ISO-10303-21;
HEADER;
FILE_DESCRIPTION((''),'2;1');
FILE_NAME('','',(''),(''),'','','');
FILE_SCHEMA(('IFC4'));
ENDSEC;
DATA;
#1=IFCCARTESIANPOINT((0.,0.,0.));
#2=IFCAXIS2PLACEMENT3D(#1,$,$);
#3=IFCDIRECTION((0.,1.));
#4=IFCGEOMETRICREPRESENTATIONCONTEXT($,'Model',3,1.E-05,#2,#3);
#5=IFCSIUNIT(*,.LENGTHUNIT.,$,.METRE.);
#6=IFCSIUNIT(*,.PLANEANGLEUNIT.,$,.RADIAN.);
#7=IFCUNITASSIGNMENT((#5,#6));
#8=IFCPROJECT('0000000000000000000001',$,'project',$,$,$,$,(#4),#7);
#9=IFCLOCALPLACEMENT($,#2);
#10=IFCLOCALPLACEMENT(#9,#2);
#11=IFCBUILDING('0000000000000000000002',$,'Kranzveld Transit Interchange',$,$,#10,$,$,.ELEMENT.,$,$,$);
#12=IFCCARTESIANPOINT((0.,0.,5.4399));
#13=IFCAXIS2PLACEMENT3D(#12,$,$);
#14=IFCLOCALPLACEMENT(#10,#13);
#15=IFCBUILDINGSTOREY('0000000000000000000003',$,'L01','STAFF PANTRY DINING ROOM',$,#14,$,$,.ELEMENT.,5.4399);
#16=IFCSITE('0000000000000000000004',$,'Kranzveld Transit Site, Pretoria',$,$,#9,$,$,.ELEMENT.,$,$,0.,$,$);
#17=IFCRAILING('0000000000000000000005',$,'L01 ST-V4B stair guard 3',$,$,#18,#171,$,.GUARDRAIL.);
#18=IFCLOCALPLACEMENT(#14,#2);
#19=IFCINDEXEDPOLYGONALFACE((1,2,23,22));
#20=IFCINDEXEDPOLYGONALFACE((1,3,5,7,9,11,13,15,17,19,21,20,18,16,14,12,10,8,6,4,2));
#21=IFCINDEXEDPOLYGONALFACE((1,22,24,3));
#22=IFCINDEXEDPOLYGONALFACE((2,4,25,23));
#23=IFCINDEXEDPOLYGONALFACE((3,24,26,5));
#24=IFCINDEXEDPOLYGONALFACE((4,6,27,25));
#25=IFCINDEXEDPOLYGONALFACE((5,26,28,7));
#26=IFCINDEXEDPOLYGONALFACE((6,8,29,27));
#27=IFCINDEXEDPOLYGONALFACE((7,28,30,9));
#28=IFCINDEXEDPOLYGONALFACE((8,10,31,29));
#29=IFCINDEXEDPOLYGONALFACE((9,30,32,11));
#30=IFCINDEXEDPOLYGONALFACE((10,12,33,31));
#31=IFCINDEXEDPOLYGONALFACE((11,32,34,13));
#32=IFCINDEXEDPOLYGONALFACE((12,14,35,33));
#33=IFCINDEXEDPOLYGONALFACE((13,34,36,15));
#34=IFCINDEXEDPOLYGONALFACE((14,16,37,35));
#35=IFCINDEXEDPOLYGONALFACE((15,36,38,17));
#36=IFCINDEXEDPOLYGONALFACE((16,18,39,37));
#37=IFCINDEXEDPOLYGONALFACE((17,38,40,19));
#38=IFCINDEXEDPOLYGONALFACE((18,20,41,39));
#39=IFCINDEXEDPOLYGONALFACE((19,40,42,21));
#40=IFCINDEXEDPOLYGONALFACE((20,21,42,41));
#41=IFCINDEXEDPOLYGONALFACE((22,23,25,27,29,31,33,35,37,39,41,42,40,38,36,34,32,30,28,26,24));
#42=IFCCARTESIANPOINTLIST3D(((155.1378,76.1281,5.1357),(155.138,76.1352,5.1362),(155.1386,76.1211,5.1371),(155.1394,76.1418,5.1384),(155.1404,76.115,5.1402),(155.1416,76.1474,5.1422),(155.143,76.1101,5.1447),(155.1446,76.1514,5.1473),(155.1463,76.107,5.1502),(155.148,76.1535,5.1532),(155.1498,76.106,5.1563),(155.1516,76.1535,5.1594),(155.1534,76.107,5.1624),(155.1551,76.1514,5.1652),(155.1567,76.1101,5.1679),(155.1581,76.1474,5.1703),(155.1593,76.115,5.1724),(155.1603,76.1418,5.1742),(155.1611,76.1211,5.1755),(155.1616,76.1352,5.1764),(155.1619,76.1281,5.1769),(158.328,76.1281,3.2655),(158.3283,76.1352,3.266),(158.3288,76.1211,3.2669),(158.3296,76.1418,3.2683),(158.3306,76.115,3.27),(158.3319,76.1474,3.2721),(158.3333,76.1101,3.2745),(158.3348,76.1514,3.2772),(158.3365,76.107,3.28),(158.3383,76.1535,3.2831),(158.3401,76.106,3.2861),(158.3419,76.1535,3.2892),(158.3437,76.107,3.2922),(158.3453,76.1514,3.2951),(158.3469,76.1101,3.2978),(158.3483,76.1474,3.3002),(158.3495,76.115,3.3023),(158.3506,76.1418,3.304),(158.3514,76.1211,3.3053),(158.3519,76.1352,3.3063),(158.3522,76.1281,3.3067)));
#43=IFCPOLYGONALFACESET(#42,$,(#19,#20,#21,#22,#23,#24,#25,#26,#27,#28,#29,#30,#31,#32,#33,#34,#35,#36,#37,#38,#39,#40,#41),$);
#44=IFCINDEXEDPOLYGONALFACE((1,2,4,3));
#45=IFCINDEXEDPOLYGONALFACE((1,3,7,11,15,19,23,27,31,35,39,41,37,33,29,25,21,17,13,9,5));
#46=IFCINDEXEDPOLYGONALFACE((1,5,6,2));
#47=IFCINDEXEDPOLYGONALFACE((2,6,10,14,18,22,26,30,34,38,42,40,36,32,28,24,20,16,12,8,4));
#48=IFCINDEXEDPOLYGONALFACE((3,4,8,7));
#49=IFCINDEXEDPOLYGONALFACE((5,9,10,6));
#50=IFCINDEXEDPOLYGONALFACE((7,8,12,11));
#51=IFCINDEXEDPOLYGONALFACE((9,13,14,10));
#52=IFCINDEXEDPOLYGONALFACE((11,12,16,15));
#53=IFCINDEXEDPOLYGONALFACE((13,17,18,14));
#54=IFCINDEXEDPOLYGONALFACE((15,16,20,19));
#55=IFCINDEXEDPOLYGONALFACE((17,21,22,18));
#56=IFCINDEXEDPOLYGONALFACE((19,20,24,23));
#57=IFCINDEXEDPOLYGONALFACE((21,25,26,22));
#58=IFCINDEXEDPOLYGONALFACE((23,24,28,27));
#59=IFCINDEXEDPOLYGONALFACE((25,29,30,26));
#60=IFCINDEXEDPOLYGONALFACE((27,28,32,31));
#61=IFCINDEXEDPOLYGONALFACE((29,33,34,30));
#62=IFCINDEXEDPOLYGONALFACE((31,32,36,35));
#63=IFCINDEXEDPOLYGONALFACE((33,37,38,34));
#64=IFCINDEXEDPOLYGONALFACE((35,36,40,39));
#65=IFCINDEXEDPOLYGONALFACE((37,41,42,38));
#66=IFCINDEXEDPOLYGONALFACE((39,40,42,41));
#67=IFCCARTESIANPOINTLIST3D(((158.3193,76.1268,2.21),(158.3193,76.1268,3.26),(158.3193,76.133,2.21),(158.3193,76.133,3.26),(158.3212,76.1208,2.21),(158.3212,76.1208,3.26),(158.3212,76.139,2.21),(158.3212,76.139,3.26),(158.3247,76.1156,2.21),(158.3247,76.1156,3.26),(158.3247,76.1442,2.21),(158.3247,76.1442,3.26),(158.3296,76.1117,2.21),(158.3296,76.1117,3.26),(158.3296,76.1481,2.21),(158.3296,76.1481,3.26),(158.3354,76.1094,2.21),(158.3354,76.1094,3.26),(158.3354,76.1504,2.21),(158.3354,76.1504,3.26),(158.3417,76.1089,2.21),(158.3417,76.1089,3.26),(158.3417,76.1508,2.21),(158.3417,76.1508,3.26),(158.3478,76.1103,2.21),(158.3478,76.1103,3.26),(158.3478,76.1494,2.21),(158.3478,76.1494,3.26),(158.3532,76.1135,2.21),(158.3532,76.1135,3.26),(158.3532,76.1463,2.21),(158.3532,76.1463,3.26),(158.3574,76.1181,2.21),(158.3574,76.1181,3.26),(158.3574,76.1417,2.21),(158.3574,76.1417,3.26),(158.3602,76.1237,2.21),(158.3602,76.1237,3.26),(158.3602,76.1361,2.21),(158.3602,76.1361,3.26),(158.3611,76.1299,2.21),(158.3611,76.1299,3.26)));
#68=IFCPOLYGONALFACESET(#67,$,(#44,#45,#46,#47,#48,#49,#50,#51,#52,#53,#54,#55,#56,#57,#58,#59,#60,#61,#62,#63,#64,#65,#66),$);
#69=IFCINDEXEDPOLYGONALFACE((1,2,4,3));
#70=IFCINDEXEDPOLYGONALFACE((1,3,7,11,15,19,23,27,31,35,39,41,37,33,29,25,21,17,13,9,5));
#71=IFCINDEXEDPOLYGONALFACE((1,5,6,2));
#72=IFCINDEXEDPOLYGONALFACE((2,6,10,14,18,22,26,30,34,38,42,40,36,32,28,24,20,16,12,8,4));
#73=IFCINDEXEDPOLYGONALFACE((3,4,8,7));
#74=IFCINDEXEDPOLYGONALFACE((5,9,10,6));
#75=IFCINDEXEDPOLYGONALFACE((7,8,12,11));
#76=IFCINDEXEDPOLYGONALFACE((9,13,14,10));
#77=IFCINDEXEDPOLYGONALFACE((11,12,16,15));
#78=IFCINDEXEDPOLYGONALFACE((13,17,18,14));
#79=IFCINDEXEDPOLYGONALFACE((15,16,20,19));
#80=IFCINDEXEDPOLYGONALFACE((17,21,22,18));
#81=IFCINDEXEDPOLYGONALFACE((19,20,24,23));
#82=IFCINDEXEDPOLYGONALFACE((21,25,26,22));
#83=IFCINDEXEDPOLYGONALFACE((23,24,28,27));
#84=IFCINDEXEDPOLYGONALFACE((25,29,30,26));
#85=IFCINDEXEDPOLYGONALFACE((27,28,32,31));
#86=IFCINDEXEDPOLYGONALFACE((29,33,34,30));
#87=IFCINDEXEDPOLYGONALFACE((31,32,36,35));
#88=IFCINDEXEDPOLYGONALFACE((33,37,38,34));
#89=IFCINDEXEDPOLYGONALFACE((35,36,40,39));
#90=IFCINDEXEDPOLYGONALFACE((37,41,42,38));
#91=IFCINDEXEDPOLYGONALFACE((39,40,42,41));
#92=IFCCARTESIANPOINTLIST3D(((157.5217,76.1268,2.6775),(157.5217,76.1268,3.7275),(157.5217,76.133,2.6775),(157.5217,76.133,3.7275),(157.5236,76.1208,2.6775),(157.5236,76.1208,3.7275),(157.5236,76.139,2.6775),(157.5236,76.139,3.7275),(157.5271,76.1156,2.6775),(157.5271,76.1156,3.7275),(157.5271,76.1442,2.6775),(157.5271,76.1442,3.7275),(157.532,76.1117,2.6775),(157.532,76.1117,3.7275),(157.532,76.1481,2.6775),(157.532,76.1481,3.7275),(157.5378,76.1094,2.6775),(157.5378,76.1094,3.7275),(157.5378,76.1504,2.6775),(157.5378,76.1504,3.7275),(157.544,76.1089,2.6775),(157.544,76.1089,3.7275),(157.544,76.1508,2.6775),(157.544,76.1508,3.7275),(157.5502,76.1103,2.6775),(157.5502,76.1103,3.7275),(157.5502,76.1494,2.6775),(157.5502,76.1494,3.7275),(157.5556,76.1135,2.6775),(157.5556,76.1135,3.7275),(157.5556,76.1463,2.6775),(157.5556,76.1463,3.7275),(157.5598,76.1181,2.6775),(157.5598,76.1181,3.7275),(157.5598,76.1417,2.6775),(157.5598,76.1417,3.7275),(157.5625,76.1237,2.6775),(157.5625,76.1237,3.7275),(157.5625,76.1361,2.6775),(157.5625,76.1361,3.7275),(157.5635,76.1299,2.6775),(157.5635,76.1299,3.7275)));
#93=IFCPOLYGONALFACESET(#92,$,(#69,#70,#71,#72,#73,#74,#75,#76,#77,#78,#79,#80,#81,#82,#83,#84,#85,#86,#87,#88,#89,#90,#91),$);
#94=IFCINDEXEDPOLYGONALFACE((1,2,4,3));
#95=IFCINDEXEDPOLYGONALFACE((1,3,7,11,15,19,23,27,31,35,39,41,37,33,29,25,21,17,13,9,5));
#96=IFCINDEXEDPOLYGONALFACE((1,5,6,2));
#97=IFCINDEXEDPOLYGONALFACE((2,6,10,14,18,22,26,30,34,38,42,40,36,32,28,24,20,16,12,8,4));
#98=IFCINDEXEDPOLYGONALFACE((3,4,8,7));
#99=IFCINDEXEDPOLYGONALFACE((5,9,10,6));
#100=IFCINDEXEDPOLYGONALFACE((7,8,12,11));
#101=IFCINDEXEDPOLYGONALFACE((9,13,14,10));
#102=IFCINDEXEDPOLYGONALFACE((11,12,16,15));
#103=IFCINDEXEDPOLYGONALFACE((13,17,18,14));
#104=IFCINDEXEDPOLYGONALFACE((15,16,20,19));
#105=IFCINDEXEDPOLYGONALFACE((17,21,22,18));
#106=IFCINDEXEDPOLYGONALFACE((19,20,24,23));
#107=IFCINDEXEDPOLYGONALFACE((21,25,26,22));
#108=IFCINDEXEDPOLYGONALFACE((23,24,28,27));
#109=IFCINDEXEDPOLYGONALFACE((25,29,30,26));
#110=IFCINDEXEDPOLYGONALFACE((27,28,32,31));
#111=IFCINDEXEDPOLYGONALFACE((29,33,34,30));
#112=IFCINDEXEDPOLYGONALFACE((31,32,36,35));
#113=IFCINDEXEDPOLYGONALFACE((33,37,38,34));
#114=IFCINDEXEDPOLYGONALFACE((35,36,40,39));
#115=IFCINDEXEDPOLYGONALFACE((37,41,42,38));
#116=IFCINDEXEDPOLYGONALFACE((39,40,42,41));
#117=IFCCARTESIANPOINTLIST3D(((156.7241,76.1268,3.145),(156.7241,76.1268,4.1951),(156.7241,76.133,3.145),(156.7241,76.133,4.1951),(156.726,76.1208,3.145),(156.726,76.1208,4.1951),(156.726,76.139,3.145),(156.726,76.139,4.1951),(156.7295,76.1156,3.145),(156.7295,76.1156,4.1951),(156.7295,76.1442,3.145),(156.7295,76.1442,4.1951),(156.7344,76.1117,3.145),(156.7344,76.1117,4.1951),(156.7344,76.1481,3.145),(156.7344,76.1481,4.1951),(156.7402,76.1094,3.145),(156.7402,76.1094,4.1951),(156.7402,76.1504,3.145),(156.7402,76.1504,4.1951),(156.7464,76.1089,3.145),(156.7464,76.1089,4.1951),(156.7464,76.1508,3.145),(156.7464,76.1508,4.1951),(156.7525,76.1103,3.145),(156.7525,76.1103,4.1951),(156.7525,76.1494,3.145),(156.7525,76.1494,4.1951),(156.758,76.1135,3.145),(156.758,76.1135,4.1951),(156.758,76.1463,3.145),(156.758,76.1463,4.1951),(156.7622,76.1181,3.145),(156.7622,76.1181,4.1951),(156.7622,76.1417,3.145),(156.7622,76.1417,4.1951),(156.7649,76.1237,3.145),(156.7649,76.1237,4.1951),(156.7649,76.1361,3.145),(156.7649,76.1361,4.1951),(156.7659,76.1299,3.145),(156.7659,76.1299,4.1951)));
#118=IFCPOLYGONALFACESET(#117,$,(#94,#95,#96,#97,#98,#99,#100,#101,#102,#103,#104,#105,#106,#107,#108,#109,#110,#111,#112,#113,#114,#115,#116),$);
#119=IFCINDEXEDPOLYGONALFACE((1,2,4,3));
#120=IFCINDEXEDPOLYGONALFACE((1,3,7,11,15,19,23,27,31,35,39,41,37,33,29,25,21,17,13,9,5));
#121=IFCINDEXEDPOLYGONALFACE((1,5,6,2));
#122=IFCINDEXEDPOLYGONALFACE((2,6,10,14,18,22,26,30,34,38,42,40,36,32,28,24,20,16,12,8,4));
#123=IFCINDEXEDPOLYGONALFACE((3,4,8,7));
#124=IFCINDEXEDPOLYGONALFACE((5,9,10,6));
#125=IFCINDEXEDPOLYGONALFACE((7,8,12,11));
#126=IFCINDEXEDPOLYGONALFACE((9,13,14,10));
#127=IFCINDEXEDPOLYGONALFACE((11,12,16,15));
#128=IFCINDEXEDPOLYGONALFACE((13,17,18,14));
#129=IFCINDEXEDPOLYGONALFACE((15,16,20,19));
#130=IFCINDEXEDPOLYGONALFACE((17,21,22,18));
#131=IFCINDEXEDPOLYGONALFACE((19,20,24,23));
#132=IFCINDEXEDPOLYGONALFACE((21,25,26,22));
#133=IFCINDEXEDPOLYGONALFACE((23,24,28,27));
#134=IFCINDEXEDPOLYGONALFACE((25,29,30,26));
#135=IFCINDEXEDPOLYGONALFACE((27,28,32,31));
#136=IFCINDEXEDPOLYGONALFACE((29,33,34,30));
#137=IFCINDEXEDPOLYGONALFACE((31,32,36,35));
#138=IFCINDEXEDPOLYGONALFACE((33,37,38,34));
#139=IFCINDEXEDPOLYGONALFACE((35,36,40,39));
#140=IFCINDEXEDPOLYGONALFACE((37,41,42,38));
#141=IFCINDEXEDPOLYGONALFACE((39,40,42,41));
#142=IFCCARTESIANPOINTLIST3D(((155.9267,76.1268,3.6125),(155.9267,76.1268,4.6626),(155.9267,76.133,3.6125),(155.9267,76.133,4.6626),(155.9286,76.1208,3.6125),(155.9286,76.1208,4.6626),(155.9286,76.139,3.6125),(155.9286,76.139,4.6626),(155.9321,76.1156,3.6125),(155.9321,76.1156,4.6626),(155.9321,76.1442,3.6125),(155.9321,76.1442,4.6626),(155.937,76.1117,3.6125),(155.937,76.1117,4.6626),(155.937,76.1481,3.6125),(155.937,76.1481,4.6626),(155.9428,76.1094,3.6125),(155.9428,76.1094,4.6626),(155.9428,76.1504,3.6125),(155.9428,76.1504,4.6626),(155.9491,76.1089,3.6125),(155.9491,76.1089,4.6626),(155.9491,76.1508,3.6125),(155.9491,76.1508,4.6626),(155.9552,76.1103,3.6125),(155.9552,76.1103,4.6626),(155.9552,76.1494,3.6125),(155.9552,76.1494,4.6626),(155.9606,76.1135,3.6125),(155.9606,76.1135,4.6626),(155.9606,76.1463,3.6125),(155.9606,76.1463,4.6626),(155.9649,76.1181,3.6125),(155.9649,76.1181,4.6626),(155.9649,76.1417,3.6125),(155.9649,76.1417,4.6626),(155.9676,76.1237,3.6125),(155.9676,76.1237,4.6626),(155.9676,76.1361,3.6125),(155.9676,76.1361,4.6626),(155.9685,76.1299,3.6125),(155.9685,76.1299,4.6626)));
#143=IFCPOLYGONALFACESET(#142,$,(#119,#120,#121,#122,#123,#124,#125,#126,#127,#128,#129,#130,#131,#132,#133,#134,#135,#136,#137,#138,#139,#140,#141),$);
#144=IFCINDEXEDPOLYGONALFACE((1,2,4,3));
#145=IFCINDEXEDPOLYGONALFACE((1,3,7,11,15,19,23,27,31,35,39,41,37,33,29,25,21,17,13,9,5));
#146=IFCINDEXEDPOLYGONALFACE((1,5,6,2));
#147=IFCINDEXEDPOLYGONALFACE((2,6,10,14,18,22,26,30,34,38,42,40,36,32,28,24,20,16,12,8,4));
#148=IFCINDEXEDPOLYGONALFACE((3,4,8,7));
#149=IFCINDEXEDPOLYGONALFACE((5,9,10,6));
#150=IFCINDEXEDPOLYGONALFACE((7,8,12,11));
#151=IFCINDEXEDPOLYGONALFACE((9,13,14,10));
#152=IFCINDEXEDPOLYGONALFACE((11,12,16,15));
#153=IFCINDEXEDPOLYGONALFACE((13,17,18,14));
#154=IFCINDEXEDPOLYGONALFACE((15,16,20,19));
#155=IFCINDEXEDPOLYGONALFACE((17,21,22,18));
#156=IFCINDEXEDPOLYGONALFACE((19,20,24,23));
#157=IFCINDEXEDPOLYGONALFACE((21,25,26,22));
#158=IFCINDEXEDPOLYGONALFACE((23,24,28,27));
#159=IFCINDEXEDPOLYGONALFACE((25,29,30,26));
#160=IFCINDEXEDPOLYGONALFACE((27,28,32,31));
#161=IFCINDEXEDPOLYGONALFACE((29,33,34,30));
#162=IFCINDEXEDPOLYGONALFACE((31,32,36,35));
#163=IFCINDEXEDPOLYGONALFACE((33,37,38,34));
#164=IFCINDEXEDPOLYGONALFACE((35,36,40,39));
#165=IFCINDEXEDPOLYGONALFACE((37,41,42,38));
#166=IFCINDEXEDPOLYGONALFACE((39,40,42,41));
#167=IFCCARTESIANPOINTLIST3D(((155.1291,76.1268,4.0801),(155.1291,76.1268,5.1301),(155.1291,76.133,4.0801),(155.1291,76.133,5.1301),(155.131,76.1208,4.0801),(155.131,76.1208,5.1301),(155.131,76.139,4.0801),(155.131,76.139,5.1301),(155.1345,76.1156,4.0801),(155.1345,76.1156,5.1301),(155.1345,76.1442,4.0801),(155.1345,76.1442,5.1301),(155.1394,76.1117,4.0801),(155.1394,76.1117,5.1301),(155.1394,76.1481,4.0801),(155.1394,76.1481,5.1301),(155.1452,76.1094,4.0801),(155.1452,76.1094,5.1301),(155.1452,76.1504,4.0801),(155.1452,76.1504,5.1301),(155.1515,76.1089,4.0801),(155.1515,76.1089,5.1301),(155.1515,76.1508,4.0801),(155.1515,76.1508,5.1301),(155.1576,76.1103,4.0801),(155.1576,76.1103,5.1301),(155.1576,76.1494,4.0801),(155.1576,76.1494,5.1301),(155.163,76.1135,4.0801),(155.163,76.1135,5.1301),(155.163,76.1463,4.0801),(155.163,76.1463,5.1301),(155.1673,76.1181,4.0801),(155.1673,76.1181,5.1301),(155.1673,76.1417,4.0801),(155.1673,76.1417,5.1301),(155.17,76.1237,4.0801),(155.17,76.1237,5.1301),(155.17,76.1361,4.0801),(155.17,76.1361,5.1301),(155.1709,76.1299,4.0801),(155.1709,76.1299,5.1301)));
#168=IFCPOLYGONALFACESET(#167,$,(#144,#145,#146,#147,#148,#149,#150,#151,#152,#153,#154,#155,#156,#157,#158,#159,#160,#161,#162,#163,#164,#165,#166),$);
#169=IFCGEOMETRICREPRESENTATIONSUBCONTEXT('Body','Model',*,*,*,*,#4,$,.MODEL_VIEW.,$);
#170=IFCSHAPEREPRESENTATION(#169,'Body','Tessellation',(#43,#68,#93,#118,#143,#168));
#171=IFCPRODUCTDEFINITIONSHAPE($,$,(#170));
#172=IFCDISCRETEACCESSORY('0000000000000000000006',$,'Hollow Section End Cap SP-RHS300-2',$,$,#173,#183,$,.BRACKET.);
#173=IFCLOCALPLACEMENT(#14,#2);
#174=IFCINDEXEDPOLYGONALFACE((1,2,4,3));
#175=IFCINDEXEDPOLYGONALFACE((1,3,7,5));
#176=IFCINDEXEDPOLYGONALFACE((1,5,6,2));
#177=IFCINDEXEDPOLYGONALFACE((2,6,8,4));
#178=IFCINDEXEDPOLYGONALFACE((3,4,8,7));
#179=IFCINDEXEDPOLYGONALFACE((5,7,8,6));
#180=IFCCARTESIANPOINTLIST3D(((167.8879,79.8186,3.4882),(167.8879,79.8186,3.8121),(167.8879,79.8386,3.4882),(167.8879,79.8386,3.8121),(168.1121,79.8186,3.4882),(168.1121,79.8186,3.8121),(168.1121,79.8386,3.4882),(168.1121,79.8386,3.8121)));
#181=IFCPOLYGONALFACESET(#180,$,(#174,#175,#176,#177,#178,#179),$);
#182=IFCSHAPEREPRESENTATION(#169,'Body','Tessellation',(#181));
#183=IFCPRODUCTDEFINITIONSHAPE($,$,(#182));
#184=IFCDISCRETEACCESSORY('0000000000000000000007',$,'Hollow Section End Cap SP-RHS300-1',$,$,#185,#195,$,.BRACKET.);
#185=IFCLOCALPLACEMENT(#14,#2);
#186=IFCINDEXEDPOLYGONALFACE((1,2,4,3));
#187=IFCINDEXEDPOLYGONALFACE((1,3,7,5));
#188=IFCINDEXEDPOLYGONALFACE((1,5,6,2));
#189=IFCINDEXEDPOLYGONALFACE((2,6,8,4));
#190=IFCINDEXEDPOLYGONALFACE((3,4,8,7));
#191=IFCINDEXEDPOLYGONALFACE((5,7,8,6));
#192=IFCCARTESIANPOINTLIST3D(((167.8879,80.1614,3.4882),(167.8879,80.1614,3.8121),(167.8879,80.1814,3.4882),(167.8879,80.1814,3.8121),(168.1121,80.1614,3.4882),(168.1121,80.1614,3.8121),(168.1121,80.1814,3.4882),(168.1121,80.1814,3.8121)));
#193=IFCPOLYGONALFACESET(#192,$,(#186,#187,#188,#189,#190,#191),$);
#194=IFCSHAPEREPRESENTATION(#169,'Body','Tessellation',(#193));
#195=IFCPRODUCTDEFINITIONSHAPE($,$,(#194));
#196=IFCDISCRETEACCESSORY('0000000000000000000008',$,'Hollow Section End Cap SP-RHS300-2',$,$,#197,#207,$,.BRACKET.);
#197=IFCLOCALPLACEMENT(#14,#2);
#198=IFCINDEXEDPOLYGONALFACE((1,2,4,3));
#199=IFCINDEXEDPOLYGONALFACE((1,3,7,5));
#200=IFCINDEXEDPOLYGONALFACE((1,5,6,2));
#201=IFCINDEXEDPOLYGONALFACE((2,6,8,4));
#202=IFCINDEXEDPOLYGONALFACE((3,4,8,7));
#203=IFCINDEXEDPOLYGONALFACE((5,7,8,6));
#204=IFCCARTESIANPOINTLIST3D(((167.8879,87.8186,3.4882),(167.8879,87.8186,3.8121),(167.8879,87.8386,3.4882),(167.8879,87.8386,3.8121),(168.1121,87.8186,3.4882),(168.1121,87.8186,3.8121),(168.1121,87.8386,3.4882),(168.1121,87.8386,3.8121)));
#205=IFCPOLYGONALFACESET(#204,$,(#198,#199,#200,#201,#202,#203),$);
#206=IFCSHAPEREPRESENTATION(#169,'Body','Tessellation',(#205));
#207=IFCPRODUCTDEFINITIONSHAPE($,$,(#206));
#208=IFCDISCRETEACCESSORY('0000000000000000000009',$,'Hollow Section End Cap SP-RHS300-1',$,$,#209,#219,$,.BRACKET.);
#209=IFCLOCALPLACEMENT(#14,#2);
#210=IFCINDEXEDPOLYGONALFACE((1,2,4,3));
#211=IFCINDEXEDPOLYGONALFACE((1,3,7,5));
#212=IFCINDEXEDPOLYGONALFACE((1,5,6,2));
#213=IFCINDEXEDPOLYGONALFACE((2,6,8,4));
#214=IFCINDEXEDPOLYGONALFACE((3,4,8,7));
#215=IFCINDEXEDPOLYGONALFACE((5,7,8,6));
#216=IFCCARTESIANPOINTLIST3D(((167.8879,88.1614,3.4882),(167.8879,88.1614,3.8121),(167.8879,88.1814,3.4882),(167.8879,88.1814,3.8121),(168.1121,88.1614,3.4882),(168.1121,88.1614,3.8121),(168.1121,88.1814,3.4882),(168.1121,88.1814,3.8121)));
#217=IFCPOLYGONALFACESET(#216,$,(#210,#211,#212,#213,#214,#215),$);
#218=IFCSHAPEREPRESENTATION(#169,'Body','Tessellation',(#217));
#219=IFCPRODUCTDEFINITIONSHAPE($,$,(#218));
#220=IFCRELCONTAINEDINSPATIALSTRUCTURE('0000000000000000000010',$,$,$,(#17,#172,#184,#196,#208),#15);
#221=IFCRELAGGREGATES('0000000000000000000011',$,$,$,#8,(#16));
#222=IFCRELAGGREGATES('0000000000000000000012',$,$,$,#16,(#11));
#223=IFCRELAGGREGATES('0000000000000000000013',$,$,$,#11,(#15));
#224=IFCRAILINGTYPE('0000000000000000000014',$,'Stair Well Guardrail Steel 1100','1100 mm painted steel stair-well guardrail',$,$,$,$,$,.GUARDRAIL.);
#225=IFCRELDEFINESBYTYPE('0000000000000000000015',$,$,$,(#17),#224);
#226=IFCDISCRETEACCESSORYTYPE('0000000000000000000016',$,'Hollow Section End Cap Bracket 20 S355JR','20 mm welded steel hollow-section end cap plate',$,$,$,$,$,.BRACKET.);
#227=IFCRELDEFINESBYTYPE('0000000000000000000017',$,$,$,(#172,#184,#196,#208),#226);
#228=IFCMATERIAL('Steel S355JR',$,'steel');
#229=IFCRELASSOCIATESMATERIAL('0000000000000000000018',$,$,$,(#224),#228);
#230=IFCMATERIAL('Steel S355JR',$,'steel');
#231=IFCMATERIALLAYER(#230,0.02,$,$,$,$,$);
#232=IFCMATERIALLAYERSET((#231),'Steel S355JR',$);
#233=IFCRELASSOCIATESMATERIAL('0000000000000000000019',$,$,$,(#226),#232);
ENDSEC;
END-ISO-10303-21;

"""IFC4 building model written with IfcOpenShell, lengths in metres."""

from ifc_helpers import new_model, si_unit, direction, frame, origin, origin_2d, place, context, subcontext, project, spatial, rectangle, circle, extrude, material, layer, layer_set, type_object, element, save


model = new_model("IFC4")

# Units and contexts
model_context = context("Model", 3, precision=1e-05, world=origin(), true_north=direction((0.0, 1.0)))
body_context = subcontext(model_context, "Body", "Model", "MODEL_VIEW")
ifc_project = project(units=[si_unit("LENGTHUNIT", "METRE"), si_unit("PLANEANGLEUNIT", "RADIAN")], contexts=[model_context])

# Site, building, storey
site_placement = place(None, origin())
site = spatial("IfcSite", under=ifc_project, at=site_placement, Name="Kranzveld Transit Site, Pretoria", CompositionType="ELEMENT", RefElevation=0.0)
building_placement = place(site_placement, origin())
building = spatial("IfcBuilding", under=site, at=building_placement, Name="Kranzveld Transit Interchange", CompositionType="ELEMENT")
storey_placement = place(building_placement, frame((0.0, 0.0, 5.4399)))
storey = spatial("IfcBuildingStorey", under=building, at=storey_placement, Name="L01", Description="STAFF PANTRY DINING ROOM", CompositionType="ELEMENT", Elevation=5.4399)

# Railing
ifc_material_1 = material(Name="Steel S355JR", Category="steel")
railing_type_1 = type_object("IfcRailingType", Name="Stair Well Guardrail Steel 1100", Description="1100 mm painted steel stair-well guardrail", PredefinedType="GUARDRAIL", material=ifc_material_1)
railing_1_placement = place(storey_placement, frame((158.3401, 76.1299, 2.21)))
element("IfcRailing", 1, at=railing_1_placement, inside=storey, type_object=railing_type_1, Name="L01 ST-V4B stair guard 3", PredefinedType="GUARDRAIL", context=body_context, shape_type="SweptSolid", body=[
    extrude(circle(Radius=0.0239, at=origin_2d()), frame((0.0, 0.0, 1.0762), z_axis=(-0.862697, 0.0, 0.505721), x_axis=(0.0, -1.0, 0.0)), (0.0, 0.0, 1.0), 3.698),
    extrude(circle(Radius=0.021, at=origin_2d()), origin(), (0.0, 0.0, 1.0), 1.05),
    extrude(circle(Radius=0.021, at=origin_2d()), frame((-0.7976, 0.0, 0.4675)), (0.0, 0.0, 1.0), 1.05),
    extrude(circle(Radius=0.021, at=origin_2d()), frame((-1.5952, 0.0, 0.9351)), (0.0, 0.0, 1.0), 1.05),
    extrude(circle(Radius=0.021, at=origin_2d()), frame((-2.3926, 0.0, 1.4026)), (0.0, 0.0, 1.0), 1.05),
    extrude(circle(Radius=0.021, at=origin_2d()), frame((-3.1902, 0.0, 1.8701)), (0.0, 0.0, 1.0), 1.05),
])

# Discrete accessories
ifc_material_2 = material(Name="Steel S355JR", Category="steel")
ifc_layer_1 = layer(ifc_material_2, 0.02)
ifc_layer_set_1 = layer_set([ifc_layer_1], Name="Steel S355JR")
discrete_accessory_type = type_object("IfcDiscreteAccessoryType", Name="Hollow Section End Cap Bracket 20 S355JR", Description="20 mm welded steel hollow-section end cap plate", PredefinedType="BRACKET", material=ifc_layer_set_1)
for number, where, z_axis, x_axis, name in (
    (2, (168.0, 79.8186, 3.6501), (0.0, 1.0, 0.0), (-1.0, 0.0, 0.0), "Hollow Section End Cap SP-RHS300-2"),
    (3, (168.0, 80.1814, 3.6501), (0.0, -1.0, 0.0), (1.0, 0.0, 0.0), "Hollow Section End Cap SP-RHS300-1"),
    (4, (168.0, 87.8186, 3.6501), (0.0, 1.0, 0.0), (-1.0, 0.0, 0.0), "Hollow Section End Cap SP-RHS300-2"),
    (5, (168.0, 88.1814, 3.6501), (0.0, -1.0, 0.0), (1.0, 0.0, 0.0), "Hollow Section End Cap SP-RHS300-1"),
):
    element("IfcDiscreteAccessory", number, at=place(storey_placement, frame(where, z_axis=z_axis, x_axis=x_axis)), inside=storey, type_object=discrete_accessory_type, Name=name, PredefinedType="BRACKET", context=body_context, shape_type="SweptSolid", body=[
        extrude(rectangle(XDim=0.2241, YDim=0.324, at=origin_2d()), origin(), (0.0, 0.0, 1.0), 0.02),
    ])

save(model, "model.ifc")
